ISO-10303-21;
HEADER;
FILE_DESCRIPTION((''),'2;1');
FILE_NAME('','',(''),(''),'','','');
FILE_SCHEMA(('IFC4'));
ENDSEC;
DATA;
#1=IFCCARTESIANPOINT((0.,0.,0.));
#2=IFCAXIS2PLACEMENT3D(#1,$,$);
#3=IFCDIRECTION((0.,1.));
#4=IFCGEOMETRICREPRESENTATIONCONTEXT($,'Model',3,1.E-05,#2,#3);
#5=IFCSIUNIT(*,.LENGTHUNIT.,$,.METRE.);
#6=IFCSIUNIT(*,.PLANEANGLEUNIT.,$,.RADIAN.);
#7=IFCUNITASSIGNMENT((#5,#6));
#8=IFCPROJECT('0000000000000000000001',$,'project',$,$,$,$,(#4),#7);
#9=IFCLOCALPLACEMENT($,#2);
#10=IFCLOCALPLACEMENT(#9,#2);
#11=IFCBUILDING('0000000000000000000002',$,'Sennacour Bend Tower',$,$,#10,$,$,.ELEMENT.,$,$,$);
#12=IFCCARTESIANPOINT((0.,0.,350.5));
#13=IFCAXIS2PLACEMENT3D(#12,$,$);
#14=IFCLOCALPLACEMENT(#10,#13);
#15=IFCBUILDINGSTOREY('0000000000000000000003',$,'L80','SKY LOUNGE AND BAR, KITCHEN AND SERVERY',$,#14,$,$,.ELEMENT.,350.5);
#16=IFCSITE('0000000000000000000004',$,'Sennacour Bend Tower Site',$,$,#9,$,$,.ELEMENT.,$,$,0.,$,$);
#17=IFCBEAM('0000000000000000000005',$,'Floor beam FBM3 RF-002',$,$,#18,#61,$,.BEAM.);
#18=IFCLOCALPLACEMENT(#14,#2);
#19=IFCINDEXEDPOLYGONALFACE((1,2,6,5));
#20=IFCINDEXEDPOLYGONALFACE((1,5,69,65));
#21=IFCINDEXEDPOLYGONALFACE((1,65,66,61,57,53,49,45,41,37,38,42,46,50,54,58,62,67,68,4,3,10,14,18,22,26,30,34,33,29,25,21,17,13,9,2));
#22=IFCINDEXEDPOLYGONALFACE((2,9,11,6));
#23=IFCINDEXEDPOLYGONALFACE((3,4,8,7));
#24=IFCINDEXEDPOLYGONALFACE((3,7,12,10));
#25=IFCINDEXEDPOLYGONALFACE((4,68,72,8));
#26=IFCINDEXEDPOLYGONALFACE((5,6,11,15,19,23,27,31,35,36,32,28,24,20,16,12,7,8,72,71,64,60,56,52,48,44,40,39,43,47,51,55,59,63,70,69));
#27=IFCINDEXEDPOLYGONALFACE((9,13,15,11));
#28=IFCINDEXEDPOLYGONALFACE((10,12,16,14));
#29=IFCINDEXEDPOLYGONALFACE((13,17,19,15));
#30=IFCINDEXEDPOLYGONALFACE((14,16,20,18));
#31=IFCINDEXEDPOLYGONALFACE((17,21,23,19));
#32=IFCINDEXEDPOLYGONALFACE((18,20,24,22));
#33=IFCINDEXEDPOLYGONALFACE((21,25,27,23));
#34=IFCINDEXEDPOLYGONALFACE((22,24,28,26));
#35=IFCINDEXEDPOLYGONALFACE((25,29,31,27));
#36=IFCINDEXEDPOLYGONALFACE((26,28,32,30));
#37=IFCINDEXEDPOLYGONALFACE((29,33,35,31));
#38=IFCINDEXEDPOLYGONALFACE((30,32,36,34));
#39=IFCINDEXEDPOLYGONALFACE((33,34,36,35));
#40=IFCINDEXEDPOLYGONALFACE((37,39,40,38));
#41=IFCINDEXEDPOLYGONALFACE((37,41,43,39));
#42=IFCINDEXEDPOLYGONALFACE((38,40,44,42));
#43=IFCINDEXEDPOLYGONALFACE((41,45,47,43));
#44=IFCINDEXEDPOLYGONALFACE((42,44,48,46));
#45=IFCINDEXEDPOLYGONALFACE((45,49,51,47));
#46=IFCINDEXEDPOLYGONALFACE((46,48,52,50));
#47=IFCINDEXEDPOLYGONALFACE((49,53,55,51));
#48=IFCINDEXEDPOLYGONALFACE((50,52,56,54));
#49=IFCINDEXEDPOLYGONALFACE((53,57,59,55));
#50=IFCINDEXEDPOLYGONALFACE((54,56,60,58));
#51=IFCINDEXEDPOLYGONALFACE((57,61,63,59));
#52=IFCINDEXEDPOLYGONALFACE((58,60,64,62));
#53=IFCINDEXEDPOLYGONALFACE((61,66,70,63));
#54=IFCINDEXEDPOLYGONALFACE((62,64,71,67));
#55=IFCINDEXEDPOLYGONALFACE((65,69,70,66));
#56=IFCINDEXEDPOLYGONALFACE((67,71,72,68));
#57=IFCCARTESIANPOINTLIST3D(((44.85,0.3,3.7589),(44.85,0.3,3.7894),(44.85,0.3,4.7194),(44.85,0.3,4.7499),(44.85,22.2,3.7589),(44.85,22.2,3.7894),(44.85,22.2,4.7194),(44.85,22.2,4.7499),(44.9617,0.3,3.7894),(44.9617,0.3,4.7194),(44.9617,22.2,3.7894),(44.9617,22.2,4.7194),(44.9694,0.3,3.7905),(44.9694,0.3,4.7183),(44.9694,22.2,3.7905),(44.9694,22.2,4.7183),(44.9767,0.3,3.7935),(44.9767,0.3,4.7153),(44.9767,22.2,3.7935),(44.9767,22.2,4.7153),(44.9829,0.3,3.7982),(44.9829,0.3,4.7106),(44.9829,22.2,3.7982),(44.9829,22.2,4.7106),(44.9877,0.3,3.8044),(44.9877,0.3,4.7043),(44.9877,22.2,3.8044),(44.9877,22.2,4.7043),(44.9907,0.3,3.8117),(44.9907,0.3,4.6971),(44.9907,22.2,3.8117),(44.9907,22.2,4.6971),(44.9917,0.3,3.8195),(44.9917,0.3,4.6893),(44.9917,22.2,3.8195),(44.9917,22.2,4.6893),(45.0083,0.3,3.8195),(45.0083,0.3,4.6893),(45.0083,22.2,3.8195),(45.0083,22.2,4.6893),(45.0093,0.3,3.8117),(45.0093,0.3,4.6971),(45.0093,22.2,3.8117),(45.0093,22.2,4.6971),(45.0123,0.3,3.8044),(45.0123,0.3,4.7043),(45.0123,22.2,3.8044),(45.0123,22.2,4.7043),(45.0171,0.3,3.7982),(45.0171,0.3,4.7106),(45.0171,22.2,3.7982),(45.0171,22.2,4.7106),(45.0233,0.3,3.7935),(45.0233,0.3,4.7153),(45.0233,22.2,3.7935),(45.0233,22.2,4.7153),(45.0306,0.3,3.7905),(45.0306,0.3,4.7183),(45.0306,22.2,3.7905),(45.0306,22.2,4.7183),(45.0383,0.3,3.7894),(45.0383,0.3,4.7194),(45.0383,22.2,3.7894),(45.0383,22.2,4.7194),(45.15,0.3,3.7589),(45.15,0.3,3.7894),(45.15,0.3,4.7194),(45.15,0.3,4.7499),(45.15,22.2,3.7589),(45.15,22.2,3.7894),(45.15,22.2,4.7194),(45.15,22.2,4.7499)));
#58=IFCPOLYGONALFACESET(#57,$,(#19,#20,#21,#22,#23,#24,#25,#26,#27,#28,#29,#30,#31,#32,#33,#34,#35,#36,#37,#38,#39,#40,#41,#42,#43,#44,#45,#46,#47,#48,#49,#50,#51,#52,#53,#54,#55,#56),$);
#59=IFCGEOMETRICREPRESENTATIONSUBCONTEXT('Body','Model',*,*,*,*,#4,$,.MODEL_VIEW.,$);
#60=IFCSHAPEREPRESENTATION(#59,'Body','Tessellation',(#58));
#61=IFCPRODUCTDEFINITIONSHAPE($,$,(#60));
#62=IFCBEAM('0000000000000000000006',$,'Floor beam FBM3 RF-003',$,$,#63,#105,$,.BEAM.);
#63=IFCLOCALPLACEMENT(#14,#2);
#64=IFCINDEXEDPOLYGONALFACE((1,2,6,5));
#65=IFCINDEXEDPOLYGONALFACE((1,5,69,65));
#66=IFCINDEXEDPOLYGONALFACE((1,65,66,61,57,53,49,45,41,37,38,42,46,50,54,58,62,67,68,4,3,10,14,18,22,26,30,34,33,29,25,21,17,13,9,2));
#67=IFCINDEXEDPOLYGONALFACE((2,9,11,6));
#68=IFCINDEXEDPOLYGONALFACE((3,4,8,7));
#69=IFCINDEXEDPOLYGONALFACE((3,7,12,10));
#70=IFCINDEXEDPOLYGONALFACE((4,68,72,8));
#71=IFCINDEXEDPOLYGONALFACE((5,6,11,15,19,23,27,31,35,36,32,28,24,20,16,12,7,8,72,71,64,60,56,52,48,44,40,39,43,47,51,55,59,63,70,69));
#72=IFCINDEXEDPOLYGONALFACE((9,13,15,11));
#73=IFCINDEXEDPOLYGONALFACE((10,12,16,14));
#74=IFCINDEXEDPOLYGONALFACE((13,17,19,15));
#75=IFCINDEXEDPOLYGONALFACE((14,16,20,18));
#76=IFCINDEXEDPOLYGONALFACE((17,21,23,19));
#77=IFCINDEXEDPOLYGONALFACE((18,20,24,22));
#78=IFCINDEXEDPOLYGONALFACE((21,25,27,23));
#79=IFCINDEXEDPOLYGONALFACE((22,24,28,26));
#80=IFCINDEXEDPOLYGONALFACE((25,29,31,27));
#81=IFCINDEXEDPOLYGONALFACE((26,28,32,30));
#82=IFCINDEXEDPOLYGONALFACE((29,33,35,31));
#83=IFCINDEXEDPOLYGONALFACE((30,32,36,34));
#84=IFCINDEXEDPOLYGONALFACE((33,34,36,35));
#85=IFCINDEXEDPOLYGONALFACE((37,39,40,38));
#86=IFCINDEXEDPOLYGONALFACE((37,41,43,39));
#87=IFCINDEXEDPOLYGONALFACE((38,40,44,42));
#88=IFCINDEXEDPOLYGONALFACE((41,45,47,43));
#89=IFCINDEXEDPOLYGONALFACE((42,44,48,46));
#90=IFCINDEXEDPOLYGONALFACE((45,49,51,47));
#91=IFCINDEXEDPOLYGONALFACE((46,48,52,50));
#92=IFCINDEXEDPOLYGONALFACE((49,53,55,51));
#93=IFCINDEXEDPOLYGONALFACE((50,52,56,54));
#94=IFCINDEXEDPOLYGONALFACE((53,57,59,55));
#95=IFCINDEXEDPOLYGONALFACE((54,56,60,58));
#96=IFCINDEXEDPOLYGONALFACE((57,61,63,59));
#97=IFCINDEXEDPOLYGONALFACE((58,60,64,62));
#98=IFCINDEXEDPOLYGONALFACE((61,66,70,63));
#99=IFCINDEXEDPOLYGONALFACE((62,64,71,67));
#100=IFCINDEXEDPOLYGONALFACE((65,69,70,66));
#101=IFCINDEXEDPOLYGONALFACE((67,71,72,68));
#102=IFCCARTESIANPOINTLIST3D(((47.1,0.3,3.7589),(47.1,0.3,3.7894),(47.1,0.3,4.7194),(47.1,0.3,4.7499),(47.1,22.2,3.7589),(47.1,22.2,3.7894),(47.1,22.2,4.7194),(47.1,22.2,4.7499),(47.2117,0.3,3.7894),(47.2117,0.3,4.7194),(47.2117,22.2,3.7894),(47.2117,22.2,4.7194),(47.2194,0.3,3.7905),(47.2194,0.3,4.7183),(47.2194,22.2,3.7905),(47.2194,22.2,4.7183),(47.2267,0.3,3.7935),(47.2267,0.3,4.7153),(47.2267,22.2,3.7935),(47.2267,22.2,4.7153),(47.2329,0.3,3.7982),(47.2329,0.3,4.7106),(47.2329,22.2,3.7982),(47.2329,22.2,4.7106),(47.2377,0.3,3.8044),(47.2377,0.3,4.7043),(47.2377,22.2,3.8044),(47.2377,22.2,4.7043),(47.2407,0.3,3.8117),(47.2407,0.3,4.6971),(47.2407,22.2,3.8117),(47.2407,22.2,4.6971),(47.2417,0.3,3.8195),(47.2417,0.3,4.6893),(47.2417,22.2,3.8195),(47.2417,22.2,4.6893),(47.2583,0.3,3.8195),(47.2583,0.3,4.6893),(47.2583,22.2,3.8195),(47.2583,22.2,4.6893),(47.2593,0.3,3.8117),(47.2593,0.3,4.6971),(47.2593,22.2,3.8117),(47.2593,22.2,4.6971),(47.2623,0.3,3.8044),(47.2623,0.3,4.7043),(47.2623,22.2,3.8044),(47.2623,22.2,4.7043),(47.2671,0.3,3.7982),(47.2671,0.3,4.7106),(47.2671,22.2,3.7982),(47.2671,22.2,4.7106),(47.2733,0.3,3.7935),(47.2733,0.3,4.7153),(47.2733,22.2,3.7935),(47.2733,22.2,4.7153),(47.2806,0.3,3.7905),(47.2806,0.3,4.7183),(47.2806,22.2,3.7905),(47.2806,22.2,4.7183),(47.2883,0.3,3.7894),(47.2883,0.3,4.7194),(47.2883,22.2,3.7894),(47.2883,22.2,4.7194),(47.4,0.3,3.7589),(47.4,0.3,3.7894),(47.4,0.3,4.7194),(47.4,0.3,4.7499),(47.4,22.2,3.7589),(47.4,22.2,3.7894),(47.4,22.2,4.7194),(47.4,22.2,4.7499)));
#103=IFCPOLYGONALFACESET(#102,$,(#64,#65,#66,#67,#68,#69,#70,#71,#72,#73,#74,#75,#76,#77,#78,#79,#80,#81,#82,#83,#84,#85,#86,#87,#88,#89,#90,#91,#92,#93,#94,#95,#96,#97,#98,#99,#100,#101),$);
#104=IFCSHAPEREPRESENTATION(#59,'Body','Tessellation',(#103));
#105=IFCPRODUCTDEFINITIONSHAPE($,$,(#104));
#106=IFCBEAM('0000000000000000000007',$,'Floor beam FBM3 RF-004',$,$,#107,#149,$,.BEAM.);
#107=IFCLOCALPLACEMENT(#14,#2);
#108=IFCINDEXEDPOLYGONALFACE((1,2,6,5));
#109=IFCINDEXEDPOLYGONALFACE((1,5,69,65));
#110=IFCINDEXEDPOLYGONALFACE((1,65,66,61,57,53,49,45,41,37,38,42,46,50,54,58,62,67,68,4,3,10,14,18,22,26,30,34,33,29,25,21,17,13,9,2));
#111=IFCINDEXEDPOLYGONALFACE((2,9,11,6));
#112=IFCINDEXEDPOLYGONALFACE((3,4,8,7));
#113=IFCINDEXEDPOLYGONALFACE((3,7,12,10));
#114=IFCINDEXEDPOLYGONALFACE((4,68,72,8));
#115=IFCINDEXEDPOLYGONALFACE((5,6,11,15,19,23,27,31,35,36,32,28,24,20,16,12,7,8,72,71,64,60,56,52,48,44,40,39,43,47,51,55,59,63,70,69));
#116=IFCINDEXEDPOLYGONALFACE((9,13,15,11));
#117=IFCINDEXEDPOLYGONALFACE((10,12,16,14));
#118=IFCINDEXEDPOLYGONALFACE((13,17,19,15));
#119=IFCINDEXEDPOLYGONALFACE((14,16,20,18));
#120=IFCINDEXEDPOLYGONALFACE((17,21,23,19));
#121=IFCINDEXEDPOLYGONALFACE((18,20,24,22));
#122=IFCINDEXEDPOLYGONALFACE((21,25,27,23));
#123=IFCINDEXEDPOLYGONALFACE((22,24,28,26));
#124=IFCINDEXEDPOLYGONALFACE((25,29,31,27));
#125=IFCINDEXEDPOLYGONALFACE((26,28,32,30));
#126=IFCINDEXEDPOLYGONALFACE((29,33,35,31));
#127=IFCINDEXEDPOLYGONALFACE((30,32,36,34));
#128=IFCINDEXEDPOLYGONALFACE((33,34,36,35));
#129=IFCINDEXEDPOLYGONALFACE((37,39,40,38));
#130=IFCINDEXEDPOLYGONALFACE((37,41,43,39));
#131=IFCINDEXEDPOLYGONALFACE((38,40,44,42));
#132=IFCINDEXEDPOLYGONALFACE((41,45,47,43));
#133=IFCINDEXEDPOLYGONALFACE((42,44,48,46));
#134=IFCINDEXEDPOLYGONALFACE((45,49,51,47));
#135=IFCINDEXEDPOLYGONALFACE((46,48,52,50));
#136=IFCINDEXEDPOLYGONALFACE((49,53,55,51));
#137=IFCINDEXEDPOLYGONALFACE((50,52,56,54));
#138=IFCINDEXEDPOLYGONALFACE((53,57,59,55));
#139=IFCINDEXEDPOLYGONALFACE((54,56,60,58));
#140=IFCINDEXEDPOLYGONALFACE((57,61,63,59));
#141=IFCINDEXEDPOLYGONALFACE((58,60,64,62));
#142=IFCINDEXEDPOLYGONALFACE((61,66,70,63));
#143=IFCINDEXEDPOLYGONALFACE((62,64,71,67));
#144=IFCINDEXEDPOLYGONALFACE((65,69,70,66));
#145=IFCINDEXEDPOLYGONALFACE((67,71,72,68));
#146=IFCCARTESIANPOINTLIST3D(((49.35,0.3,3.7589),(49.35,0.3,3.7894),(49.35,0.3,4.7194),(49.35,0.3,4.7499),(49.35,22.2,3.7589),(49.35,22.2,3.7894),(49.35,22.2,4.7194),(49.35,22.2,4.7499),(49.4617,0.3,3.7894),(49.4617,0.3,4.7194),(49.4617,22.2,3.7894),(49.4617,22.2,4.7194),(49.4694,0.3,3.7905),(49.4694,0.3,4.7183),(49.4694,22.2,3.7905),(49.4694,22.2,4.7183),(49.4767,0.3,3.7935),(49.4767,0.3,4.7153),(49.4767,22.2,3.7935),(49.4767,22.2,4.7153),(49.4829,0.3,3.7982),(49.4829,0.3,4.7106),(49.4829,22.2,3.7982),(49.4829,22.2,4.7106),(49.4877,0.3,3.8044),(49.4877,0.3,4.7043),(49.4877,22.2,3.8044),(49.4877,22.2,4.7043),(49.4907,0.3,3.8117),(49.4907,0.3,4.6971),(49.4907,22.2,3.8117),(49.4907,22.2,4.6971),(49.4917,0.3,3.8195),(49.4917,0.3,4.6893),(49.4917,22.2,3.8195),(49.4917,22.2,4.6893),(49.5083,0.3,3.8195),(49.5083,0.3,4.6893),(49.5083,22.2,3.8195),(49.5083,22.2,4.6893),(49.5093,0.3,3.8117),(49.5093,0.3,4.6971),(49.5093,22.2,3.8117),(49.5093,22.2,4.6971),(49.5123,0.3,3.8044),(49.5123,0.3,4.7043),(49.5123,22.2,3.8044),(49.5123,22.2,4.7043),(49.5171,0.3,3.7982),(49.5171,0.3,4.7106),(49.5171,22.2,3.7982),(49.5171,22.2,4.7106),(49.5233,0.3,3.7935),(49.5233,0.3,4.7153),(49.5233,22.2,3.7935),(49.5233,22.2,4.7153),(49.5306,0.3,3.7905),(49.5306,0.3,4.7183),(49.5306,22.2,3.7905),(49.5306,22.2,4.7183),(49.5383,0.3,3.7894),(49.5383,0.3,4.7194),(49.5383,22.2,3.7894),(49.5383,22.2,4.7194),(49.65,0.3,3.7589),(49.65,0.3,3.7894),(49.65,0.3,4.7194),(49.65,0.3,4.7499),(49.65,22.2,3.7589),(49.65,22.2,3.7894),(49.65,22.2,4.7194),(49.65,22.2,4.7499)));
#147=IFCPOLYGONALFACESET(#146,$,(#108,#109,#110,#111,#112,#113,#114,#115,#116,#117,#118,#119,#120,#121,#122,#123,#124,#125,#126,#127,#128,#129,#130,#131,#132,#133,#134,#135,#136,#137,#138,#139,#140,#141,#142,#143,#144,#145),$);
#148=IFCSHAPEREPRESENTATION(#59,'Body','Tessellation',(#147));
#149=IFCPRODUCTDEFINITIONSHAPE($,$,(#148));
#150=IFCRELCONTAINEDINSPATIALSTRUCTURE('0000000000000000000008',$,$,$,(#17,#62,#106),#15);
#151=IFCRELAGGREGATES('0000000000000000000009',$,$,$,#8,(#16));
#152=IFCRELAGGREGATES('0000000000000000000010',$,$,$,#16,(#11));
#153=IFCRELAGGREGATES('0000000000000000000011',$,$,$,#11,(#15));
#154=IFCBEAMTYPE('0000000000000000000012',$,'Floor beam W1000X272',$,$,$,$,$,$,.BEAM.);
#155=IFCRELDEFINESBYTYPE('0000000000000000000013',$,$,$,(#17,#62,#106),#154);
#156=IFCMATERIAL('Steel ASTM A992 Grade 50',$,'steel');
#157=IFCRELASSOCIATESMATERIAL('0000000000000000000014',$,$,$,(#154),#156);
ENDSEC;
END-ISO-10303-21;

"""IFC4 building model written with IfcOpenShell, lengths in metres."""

from ifc_helpers import new_model, si_unit, direction, frame, origin, origin_2d, place, context, subcontext, project, spatial, i_section, extrude, material, material_profile, profile_set, type_object, element, save


model = new_model("IFC4")

# Units and contexts
model_context = context("Model", 3, precision=1e-05, world=origin(), true_north=direction((0.0, 1.0)))
body_context = subcontext(model_context, "Body", "Model", "MODEL_VIEW")
ifc_project = project(units=[si_unit("LENGTHUNIT", "METRE"), si_unit("PLANEANGLEUNIT", "RADIAN")], contexts=[model_context])

# Site, building, storey
site_placement = place(None, origin())
site = spatial("IfcSite", under=ifc_project, at=site_placement, Name="Sennacour Bend Tower Site", CompositionType="ELEMENT", RefElevation=0.0)
building_placement = place(site_placement, origin())
building = spatial("IfcBuilding", under=site, at=building_placement, Name="Sennacour Bend Tower", CompositionType="ELEMENT")
storey_placement = place(building_placement, frame((0.0, 0.0, 350.5)))
storey = spatial("IfcBuildingStorey", under=building, at=storey_placement, Name="L80", Description="SKY LOUNGE AND BAR, KITCHEN AND SERVERY", CompositionType="ELEMENT", Elevation=350.5)

# Beams
ifc_material_1 = material(Name="Steel ASTM A992 Grade 50", Category="steel")
ifc_material_profile_1 = material_profile(ifc_material_1, i_section(OverallWidth=0.3, OverallDepth=0.991, WebThickness=0.0166, FlangeThickness=0.0305, FilletRadius=0.03, at=origin_2d()), Name="Steel ASTM A992 Grade 50", Category="steel")
ifc_profile_set_1 = profile_set([ifc_material_profile_1], Name="Steel ASTM A992 Grade 50")
beam_type = type_object("IfcBeamType", Name="Floor beam W1000X272", PredefinedType="BEAM", material=ifc_profile_set_1)
for number, where, z_axis, x_axis, name in (
    (1, (45.0, 0.3, 4.2544), (0.0, 1.0, 0.0), (-1.0, 0.0, 0.0), "Floor beam FBM3 RF-002"),
    (2, (47.25, 0.3, 4.2544), (0.0, 1.0, 0.0), (-1.0, 0.0, 0.0), "Floor beam FBM3 RF-003"),
    (3, (49.5, 0.3, 4.2544), (0.0, 1.0, 0.0), (-1.0, 0.0, 0.0), "Floor beam FBM3 RF-004"),
):
    element("IfcBeam", number, at=place(storey_placement, frame(where, z_axis=z_axis, x_axis=x_axis)), inside=storey, type_object=beam_type, Name=name, PredefinedType="BEAM", context=body_context, shape_type="SweptSolid", body=[
        extrude(i_section(OverallWidth=0.3, OverallDepth=0.991, WebThickness=0.0166, FlangeThickness=0.0305, FilletRadius=0.03, at=origin_2d()), origin(), (0.0, 0.0, 1.0), 21.8999),
    ])

save(model, "model.ifc")
